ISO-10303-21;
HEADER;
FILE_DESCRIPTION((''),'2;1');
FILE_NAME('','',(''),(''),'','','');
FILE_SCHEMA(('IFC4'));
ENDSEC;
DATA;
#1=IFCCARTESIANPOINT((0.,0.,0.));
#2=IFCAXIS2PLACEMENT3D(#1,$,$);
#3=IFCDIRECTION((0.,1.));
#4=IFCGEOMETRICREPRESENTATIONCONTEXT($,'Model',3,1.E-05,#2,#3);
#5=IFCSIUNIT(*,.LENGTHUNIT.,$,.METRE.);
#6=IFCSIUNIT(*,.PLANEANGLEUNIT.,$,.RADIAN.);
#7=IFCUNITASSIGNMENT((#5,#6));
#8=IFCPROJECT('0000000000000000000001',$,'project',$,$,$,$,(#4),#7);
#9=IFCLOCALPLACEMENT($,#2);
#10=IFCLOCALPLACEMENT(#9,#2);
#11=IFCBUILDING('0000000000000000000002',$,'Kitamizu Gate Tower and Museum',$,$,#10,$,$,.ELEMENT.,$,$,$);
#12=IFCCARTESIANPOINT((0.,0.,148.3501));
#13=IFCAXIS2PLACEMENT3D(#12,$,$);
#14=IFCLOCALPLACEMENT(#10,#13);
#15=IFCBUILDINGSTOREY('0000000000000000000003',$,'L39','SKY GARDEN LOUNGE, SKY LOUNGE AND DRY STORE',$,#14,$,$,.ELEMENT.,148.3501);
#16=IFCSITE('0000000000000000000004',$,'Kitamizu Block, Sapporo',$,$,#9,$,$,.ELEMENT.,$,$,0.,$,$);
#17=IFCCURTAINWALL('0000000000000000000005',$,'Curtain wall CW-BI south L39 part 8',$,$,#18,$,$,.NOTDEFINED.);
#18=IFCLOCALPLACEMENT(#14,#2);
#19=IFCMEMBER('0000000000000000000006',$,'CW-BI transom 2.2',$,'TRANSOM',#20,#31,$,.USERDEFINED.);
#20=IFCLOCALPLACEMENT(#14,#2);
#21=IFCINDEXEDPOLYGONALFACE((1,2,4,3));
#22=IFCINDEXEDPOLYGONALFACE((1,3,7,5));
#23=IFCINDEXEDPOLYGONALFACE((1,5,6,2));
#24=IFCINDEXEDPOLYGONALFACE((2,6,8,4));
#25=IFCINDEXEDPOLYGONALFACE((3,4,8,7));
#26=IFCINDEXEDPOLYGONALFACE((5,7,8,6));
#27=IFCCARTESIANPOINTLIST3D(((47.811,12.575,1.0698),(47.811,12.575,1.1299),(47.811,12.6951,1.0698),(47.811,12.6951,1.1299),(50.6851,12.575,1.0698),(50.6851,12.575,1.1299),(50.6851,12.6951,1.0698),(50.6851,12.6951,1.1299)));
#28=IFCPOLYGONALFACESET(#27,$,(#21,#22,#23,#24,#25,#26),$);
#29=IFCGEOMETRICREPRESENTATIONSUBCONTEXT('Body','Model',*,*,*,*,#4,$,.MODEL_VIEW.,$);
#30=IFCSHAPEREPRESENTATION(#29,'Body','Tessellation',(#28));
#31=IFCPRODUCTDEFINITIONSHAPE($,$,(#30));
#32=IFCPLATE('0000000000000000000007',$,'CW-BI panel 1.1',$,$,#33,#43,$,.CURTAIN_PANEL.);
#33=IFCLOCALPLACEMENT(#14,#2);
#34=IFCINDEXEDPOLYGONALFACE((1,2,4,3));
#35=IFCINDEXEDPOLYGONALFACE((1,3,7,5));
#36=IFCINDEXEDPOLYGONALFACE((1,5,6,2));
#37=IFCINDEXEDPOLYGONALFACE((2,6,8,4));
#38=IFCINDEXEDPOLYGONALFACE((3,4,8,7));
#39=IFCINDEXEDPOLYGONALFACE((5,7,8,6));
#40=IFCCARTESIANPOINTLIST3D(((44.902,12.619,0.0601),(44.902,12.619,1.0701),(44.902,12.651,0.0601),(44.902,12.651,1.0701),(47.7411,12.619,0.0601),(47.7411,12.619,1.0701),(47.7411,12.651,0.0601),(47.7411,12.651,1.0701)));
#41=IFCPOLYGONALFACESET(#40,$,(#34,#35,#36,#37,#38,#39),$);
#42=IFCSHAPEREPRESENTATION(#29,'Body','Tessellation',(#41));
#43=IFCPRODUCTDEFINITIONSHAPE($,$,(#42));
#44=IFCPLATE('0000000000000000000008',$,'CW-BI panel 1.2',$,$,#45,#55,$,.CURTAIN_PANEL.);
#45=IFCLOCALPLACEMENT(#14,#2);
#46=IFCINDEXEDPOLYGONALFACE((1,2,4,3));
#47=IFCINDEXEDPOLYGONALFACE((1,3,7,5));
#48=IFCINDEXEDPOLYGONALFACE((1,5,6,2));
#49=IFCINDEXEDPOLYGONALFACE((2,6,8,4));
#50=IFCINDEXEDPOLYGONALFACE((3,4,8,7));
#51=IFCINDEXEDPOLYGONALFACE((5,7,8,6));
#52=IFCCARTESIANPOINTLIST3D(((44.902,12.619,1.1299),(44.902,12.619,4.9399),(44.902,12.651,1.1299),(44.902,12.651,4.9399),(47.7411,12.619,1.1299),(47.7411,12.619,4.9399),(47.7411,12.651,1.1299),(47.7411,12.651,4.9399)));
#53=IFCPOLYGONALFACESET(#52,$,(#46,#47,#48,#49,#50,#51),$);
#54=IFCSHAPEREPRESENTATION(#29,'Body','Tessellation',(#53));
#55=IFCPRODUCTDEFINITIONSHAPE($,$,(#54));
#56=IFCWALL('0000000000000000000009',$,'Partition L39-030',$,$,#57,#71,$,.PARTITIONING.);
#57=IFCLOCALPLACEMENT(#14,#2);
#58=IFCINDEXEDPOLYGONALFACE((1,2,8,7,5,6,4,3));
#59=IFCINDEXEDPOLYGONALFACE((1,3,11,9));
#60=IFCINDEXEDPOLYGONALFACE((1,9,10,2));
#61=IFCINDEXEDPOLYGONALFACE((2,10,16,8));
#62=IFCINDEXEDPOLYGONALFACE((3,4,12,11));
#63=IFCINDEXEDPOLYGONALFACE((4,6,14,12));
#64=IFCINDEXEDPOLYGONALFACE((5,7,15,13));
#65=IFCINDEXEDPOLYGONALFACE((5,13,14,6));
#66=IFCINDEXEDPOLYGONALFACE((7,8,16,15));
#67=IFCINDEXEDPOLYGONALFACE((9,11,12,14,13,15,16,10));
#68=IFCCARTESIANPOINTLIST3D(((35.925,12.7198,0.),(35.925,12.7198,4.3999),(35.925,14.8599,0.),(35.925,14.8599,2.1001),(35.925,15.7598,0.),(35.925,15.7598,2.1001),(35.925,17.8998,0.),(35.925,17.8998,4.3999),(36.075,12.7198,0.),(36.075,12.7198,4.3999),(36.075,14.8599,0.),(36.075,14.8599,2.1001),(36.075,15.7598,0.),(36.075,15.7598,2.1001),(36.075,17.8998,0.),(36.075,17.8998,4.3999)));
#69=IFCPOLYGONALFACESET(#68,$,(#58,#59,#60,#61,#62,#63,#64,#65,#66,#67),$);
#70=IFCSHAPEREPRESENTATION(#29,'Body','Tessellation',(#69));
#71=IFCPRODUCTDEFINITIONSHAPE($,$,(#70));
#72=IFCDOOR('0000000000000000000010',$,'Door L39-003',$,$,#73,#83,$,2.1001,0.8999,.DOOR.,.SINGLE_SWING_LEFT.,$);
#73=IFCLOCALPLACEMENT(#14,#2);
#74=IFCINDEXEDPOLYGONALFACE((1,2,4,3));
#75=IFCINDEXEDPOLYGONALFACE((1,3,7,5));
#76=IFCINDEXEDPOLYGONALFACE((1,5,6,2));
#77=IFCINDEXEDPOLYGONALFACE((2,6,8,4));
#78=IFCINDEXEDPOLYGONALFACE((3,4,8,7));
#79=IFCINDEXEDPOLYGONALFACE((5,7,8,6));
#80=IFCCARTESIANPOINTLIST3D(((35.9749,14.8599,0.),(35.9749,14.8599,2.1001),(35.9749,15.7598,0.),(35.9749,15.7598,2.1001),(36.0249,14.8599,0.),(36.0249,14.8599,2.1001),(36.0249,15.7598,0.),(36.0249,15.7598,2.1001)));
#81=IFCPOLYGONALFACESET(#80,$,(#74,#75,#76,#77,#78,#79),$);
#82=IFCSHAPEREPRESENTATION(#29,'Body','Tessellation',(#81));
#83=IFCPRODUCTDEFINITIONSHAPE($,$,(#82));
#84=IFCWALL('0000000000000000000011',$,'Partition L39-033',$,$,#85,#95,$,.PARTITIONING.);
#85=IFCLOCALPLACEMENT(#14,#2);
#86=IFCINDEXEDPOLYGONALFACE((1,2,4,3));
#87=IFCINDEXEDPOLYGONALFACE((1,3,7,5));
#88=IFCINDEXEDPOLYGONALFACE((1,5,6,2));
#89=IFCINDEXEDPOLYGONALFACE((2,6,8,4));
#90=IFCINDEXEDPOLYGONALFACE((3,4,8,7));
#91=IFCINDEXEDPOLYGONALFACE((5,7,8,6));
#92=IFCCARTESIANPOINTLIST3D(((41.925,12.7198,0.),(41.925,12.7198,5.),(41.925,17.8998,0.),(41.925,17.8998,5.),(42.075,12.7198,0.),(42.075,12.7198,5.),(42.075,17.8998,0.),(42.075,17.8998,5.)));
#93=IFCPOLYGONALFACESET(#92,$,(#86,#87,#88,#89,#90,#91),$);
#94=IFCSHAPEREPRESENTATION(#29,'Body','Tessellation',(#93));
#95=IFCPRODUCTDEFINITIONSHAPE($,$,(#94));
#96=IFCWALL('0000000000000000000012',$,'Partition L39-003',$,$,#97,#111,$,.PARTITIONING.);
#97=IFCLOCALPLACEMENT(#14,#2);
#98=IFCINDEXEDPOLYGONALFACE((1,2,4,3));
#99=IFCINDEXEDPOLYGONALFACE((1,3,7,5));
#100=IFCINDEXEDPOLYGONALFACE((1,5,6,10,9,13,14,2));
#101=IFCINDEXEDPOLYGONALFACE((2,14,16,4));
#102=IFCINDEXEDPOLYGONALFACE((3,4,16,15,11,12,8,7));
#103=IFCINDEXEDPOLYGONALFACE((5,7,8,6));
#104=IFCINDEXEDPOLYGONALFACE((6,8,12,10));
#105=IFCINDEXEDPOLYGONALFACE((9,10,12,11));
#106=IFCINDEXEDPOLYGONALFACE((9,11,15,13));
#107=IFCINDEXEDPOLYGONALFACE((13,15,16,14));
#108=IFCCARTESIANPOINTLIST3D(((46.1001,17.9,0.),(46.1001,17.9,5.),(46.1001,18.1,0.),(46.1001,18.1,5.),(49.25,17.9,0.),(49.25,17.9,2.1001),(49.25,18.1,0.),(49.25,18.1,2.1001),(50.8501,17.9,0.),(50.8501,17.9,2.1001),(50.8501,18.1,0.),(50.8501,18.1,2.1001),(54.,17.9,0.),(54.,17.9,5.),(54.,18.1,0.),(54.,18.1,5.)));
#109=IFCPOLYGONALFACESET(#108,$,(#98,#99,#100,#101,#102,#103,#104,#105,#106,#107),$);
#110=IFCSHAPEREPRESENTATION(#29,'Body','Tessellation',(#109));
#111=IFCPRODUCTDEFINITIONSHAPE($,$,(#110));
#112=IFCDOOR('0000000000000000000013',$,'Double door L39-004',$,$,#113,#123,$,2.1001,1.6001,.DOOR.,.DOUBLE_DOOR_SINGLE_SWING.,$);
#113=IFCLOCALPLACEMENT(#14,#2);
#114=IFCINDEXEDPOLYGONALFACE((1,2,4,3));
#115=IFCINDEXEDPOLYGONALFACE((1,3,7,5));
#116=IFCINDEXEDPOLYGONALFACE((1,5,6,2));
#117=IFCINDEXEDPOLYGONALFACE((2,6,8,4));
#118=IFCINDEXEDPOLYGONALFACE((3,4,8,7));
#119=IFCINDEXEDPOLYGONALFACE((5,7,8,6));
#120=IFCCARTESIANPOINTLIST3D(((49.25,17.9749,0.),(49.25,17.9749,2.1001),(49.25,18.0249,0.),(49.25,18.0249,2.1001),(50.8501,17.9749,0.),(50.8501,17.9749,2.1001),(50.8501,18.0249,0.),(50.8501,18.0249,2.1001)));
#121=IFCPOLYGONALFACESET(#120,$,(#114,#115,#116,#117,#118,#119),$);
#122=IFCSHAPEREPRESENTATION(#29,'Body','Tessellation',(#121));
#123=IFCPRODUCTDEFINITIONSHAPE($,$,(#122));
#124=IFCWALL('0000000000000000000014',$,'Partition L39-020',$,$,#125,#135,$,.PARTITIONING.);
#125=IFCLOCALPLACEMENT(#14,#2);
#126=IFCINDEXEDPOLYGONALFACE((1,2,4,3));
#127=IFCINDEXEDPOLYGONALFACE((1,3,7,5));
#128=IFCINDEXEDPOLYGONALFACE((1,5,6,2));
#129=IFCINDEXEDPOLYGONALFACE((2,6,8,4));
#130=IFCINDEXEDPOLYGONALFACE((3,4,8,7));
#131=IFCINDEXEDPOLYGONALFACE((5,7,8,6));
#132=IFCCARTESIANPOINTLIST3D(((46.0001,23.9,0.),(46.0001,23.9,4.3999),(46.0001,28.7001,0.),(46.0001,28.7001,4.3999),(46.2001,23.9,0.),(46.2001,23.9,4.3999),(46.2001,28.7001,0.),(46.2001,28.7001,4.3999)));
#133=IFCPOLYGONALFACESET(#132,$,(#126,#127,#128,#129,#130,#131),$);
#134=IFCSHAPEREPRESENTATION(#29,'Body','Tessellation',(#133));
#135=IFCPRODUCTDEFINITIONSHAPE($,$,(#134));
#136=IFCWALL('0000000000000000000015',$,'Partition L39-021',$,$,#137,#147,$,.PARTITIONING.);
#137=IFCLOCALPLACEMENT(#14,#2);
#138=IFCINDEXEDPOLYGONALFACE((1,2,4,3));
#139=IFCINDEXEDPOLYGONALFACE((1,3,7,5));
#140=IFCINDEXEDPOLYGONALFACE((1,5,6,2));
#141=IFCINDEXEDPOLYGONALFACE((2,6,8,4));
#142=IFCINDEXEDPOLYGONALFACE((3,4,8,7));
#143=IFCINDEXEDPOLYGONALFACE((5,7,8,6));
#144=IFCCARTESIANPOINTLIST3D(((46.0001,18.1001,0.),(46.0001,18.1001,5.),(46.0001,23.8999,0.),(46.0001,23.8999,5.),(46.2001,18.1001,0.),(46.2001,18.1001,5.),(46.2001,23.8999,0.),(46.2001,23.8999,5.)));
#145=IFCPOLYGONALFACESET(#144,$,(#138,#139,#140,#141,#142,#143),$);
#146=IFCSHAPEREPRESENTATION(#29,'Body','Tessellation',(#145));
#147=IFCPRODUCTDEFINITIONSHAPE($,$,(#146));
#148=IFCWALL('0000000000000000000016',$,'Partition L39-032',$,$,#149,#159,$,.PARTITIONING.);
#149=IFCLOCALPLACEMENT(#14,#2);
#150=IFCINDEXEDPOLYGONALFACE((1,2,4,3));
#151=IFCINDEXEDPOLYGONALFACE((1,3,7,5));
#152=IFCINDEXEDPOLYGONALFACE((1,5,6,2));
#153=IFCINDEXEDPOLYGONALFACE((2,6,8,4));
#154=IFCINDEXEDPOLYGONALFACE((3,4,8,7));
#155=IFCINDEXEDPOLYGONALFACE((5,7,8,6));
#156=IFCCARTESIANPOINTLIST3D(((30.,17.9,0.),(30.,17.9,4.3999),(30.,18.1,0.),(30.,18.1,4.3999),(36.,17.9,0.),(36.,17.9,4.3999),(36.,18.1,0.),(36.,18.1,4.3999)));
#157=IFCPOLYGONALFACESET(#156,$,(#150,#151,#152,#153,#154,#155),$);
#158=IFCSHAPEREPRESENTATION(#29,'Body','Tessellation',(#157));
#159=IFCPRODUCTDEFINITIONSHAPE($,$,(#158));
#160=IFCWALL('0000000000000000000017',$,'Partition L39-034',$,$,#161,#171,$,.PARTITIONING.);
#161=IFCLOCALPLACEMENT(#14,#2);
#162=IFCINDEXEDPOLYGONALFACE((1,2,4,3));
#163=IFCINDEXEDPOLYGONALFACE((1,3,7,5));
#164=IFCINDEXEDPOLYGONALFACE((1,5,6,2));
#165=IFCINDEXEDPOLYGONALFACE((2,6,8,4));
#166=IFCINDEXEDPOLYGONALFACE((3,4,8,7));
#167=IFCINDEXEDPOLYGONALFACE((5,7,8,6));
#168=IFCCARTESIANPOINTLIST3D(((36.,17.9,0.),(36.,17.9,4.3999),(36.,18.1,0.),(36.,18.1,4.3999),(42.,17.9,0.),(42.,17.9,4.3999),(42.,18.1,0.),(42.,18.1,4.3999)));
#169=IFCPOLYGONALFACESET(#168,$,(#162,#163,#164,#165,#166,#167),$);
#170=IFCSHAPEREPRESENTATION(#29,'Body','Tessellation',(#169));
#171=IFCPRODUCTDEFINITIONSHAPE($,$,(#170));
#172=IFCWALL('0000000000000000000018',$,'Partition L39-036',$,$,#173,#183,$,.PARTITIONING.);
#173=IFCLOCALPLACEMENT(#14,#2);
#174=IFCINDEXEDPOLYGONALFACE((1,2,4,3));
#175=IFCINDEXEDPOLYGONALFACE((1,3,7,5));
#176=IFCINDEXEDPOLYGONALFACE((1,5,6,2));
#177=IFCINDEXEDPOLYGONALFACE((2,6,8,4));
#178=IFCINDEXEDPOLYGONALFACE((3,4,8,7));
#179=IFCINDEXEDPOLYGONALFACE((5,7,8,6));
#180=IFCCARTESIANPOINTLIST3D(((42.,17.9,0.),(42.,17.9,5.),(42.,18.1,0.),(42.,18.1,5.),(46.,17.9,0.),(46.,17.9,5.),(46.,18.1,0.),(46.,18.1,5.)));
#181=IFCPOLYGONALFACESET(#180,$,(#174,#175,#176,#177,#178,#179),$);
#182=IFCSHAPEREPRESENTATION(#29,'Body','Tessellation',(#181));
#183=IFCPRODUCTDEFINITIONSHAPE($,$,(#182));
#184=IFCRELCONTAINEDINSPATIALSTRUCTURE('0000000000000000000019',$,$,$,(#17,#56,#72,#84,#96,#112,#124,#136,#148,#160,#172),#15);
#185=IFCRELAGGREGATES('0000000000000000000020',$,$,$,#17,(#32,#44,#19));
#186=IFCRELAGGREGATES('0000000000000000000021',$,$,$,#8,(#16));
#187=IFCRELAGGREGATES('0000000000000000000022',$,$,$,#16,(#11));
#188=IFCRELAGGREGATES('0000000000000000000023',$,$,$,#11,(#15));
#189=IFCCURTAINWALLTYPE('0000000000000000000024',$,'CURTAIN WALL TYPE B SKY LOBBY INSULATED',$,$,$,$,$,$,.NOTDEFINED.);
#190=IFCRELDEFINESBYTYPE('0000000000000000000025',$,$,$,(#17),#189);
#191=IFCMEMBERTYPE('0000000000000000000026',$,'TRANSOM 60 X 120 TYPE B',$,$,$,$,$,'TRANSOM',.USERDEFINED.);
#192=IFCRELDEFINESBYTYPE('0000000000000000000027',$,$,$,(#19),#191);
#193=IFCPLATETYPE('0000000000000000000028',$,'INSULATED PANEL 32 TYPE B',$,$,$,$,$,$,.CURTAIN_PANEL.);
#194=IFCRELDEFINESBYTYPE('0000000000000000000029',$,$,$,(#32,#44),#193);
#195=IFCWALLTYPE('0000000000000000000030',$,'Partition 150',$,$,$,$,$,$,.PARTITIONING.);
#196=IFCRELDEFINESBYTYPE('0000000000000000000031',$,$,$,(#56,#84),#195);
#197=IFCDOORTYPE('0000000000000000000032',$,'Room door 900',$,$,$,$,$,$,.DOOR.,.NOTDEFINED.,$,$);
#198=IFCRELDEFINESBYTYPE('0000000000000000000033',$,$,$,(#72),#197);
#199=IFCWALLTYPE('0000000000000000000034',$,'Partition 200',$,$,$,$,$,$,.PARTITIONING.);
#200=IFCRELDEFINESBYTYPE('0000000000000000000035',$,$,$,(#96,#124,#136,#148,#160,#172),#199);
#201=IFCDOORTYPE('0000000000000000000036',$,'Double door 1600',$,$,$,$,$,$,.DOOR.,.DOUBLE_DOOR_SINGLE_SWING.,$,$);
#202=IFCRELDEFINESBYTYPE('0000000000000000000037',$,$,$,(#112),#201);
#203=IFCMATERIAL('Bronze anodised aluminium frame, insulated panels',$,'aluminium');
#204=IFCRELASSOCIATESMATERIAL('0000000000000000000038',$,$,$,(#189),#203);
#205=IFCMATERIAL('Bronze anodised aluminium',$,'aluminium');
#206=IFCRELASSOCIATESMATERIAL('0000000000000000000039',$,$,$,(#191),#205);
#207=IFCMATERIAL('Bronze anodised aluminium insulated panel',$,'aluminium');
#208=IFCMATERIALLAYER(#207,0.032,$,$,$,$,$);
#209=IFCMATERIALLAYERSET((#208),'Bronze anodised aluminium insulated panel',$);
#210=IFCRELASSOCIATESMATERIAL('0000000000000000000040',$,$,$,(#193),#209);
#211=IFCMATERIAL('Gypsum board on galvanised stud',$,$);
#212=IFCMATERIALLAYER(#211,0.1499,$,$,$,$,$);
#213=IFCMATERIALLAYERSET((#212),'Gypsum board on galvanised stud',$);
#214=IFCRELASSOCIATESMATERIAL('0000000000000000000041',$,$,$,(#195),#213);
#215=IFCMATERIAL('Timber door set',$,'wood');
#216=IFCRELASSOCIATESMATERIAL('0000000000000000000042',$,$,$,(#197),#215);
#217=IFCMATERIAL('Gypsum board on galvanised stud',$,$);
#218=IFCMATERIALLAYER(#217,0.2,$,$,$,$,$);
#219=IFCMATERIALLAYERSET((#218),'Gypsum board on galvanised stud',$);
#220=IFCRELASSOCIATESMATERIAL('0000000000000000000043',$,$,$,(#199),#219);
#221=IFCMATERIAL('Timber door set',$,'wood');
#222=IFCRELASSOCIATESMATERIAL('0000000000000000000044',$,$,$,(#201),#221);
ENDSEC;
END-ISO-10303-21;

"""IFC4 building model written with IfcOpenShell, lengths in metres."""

from ifc_helpers import new_model, si_unit, direction, frame, frame_2d, origin, origin_2d, place, context, subcontext, project, spatial, rectangle, extrude, material, layer, layer_set, material_profile, profile_set, type_object, element, fill, aggregate, save


model = new_model("IFC4")

# Units and contexts
model_context = context("Model", 3, precision=1e-05, world=origin(), true_north=direction((0.0, 1.0)))
body_context = subcontext(model_context, "Body", "Model", "MODEL_VIEW")
ifc_project = project(units=[si_unit("LENGTHUNIT", "METRE"), si_unit("PLANEANGLEUNIT", "RADIAN")], contexts=[model_context])

# Site, building, storey
site_placement = place(None, origin())
site = spatial("IfcSite", under=ifc_project, at=site_placement, Name="Kitamizu Block, Sapporo", CompositionType="ELEMENT", RefElevation=0.0)
building_placement = place(site_placement, origin())
building = spatial("IfcBuilding", under=site, at=building_placement, Name="Kitamizu Gate Tower and Museum", CompositionType="ELEMENT")
storey_placement = place(building_placement, frame((0.0, 0.0, 148.3501)))
storey = spatial("IfcBuildingStorey", under=building, at=storey_placement, Name="L39", Description="SKY GARDEN LOUNGE, SKY LOUNGE AND DRY STORE", CompositionType="ELEMENT", Elevation=148.3501)

# Curtain wall, member, plates
ifc_material_1 = material(Name="Bronze anodised aluminium frame, insulated panels", Category="aluminium")
curtain_wall_type_1 = type_object("IfcCurtainWallType", Name="CURTAIN WALL TYPE B SKY LOBBY INSULATED", PredefinedType="NOTDEFINED", material=ifc_material_1)
curtain_wall_1_placement = place(storey_placement, origin())
curtain_wall_1 = element("IfcCurtainWall", 1, at=curtain_wall_1_placement, inside=storey, type_object=curtain_wall_type_1, Name="Curtain wall CW-BI south L39 part 8", PredefinedType="NOTDEFINED")
ifc_material_2 = material(Name="Bronze anodised aluminium", Category="aluminium")
ifc_material_profile_1 = material_profile(ifc_material_2, rectangle(XDim=0.1201, YDim=0.0601, at=origin_2d()), Name="AL 60X120")
ifc_profile_set_1 = profile_set([ifc_material_profile_1], Name="Bronze anodised aluminium")
member_type_1 = type_object("IfcMemberType", Name="TRANSOM 60 X 120 TYPE B", ElementType="TRANSOM", PredefinedType="USERDEFINED", material=ifc_profile_set_1)
member_1_placement = place(storey_placement, frame((47.811, 12.635, 1.0999), z_axis=(1.0, 0.0, 0.0), x_axis=(0.0, 1.0, 0.0)))
member_1 = element("IfcMember", 2, at=member_1_placement, type_object=member_type_1, Name="CW-BI transom 2.2", ObjectType="TRANSOM", PredefinedType="USERDEFINED", context=body_context, shape_type="SweptSolid", body=[
    extrude(rectangle(XDim=0.1201, YDim=0.0601, at=origin_2d()), origin(), (0.0, 0.0, 1.0), 2.874),
])
ifc_material_3 = material(Name="Bronze anodised aluminium insulated panel", Category="aluminium")
ifc_layer_1 = layer(ifc_material_3, 0.032)
ifc_layer_set_1 = layer_set([ifc_layer_1], Name="Bronze anodised aluminium insulated panel")
plate_type = type_object("IfcPlateType", Name="INSULATED PANEL 32 TYPE B", PredefinedType="CURTAIN_PANEL", material=ifc_layer_set_1)
plate_1_placement = place(storey_placement, frame((46.3215, 12.635, 0.0601), z_axis=(0.0, 0.0, 1.0), x_axis=(1.0, 0.0, 0.0)))
plate_1 = element("IfcPlate", 3, at=plate_1_placement, type_object=plate_type, Name="CW-BI panel 1.1", PredefinedType="CURTAIN_PANEL", context=body_context, shape_type="SweptSolid", body=[
    extrude(rectangle(XDim=2.8391, YDim=0.032, at=origin_2d()), origin(), (0.0, 0.0, 1.0), 1.01),
])
plate_2_placement = place(storey_placement, frame((46.3215, 12.635, 1.1299), z_axis=(0.0, 0.0, 1.0), x_axis=(1.0, 0.0, 0.0)))
plate_2 = element("IfcPlate", 4, at=plate_2_placement, type_object=plate_type, Name="CW-BI panel 1.2", PredefinedType="CURTAIN_PANEL", context=body_context, shape_type="SweptSolid", body=[
    extrude(rectangle(XDim=2.8391, YDim=0.032, at=origin_2d()), origin(), (0.0, 0.0, 1.0), 3.8101),
])
aggregate(curtain_wall_1, [plate_1, plate_2, member_1])

# Wall, opening, door
ifc_material_4 = material(Name="Gypsum board on galvanised stud")
ifc_layer_2 = layer(ifc_material_4, 0.1499)
ifc_layer_set_2 = layer_set([ifc_layer_2], Name="Gypsum board on galvanised stud")
wall_type_1 = type_object("IfcWallType", Name="Partition 150", PredefinedType="PARTITIONING", material=ifc_layer_set_2)
wall_1_placement = place(storey_placement, frame((36.0, 12.72, 0.0), z_axis=(0.0, 0.0, 1.0), x_axis=(0.0, 1.0, 0.0)))
wall_1 = element("IfcWall", 5, at=wall_1_placement, inside=storey, type_object=wall_type_1, Name="Partition L39-030", PredefinedType="PARTITIONING", context=body_context, shape_type="SweptSolid", body=[
    extrude(rectangle(XDim=5.1799, YDim=0.1499, at=frame_2d((2.5898, 0.0))), origin(), (0.0, 0.0, 1.0), 4.3999),
])
opening_1_placement = place(wall_1_placement, frame((2.1399, 0.0, 0.0)))
opening_1 = element("IfcOpeningElement", 6, at=opening_1_placement, cuts=wall_1, PredefinedType="OPENING", context=body_context, shape_type="SweptSolid", body=[
    extrude(rectangle(XDim=0.8999, YDim=2.1001, at=frame_2d((0.45, 1.05))), frame((0.0, 0.085, 0.0), z_axis=(0.0, -1.0, 0.0), x_axis=(1.0, 0.0, 0.0)), (0.0, 0.0, 1.0), 0.1699),
])
ifc_material_5 = material(Name="Timber door set", Category="wood")
door_type_1 = type_object("IfcDoorType", Name="Room door 900", OperationType="NOTDEFINED", PredefinedType="DOOR", material=ifc_material_5)
door_1_placement = place(opening_1_placement, frame((0.8999, 0.0, 0.0), x_axis=(-1.0, 0.0, 0.0)))
door_1 = element("IfcDoor", 7, at=door_1_placement, inside=storey, type_object=door_type_1, Name="Door L39-003", OperationType="SINGLE_SWING_LEFT", OverallHeight=2.1001, OverallWidth=0.8999, PredefinedType="DOOR", context=body_context, shape_type="SweptSolid", body=[
    extrude(rectangle(XDim=0.8999, YDim=2.1001, at=frame_2d((0.45, 1.05))), frame((0.0, 0.0249, 0.0), z_axis=(0.0, -1.0, 0.0), x_axis=(1.0, 0.0, 0.0)), (0.0, 0.0, 1.0), 0.05),
])
fill(opening_1, door_1)

# Wall
wall_2_placement = place(storey_placement, frame((42.0, 12.72, 0.0), z_axis=(0.0, 0.0, 1.0), x_axis=(0.0, 1.0, 0.0)))
element("IfcWall", 8, at=wall_2_placement, inside=storey, type_object=wall_type_1, Name="Partition L39-033", PredefinedType="PARTITIONING", context=body_context, shape_type="SweptSolid", body=[
    extrude(rectangle(XDim=5.1799, YDim=0.1499, at=frame_2d((2.5898, 0.0))), origin(), (0.0, 0.0, 1.0), 5.0),
])

# Wall, opening, door
ifc_material_6 = material(Name="Gypsum board on galvanised stud")
ifc_layer_3 = layer(ifc_material_6, 0.2)
ifc_layer_set_3 = layer_set([ifc_layer_3], Name="Gypsum board on galvanised stud")
wall_type_2 = type_object("IfcWallType", Name="Partition 200", PredefinedType="PARTITIONING", material=ifc_layer_set_3)
wall_3_placement = place(storey_placement, frame((46.1001, 18.0, 0.0), z_axis=(0.0, 0.0, 1.0), x_axis=(1.0, 0.0, 0.0)))
wall_3 = element("IfcWall", 9, at=wall_3_placement, inside=storey, type_object=wall_type_2, Name="Partition L39-003", PredefinedType="PARTITIONING", context=body_context, shape_type="SweptSolid", body=[
    extrude(rectangle(XDim=7.8999, YDim=0.2, at=frame_2d((3.95, 0.0))), origin(), (0.0, 0.0, 1.0), 5.0),
])
opening_2_placement = place(wall_3_placement, frame((3.1499, 0.0, 0.0)))
opening_2 = element("IfcOpeningElement", 10, at=opening_2_placement, cuts=wall_3, PredefinedType="OPENING", context=body_context, shape_type="SweptSolid", body=[
    extrude(rectangle(XDim=1.6001, YDim=2.1001, at=frame_2d((0.8, 1.05))), frame((0.0, 0.1099, 0.0), z_axis=(0.0, -1.0, 0.0), x_axis=(1.0, 0.0, 0.0)), (0.0, 0.0, 1.0), 0.22),
])
ifc_material_7 = material(Name="Timber door set", Category="wood")
door_type_2 = type_object("IfcDoorType", Name="Double door 1600", OperationType="DOUBLE_DOOR_SINGLE_SWING", PredefinedType="DOOR", material=ifc_material_7)
door_2_placement = place(opening_2_placement, origin())
door_2 = element("IfcDoor", 11, at=door_2_placement, inside=storey, type_object=door_type_2, Name="Double door L39-004", OperationType="DOUBLE_DOOR_SINGLE_SWING", OverallHeight=2.1001, OverallWidth=1.6001, PredefinedType="DOOR", context=body_context, shape_type="SweptSolid", body=[
    extrude(rectangle(XDim=1.6001, YDim=2.1001, at=frame_2d((0.8, 1.05))), frame((0.0, 0.0249, 0.0), z_axis=(0.0, -1.0, 0.0), x_axis=(1.0, 0.0, 0.0)), (0.0, 0.0, 1.0), 0.05),
])
fill(opening_2, door_2)

# Walls
wall_4_placement = place(storey_placement, frame((46.1001, 28.7, 0.0), z_axis=(0.0, 0.0, 1.0), x_axis=(0.0, -1.0, 0.0)))
element("IfcWall", 12, at=wall_4_placement, inside=storey, type_object=wall_type_2, Name="Partition L39-020", PredefinedType="PARTITIONING", context=body_context, shape_type="SweptSolid", body=[
    extrude(rectangle(XDim=4.8, YDim=0.2, at=frame_2d((2.3999, 0.0))), origin(), (0.0, 0.0, 1.0), 4.3999),
])
wall_5_placement = place(storey_placement, frame((46.1001, 23.8999, 0.0), z_axis=(0.0, 0.0, 1.0), x_axis=(0.0, -1.0, 0.0)))
element("IfcWall", 13, at=wall_5_placement, inside=storey, type_object=wall_type_2, Name="Partition L39-021", PredefinedType="PARTITIONING", context=body_context, shape_type="SweptSolid", body=[
    extrude(rectangle(XDim=5.7998, YDim=0.2, at=frame_2d((2.8999, 0.0))), origin(), (0.0, 0.0, 1.0), 5.0),
])
for number, where, z_axis, x_axis, name in (
    (14, (36.0, 18.0, 0.0), (0.0, 0.0, 1.0), (-1.0, 0.0, 0.0), "Partition L39-032"),
    (15, (42.0, 18.0, 0.0), (0.0, 0.0, 1.0), (-1.0, 0.0, 0.0), "Partition L39-034"),
):
    element("IfcWall", number, at=place(storey_placement, frame(where, z_axis=z_axis, x_axis=x_axis)), inside=storey, type_object=wall_type_2, Name=name, PredefinedType="PARTITIONING", context=body_context, shape_type="SweptSolid", body=[
        extrude(rectangle(XDim=6.0, YDim=0.2, at=frame_2d((3.0, 0.0))), origin(), (0.0, 0.0, 1.0), 4.3999),
    ])
wall_6_placement = place(storey_placement, frame((46.0, 18.0, 0.0), z_axis=(0.0, 0.0, 1.0), x_axis=(-1.0, 0.0, 0.0)))
element("IfcWall", 16, at=wall_6_placement, inside=storey, type_object=wall_type_2, Name="Partition L39-036", PredefinedType="PARTITIONING", context=body_context, shape_type="SweptSolid", body=[
    extrude(rectangle(XDim=4.0, YDim=0.2, at=frame_2d((2.0, 0.0))), origin(), (0.0, 0.0, 1.0), 5.0),
])

save(model, "model.ifc")
